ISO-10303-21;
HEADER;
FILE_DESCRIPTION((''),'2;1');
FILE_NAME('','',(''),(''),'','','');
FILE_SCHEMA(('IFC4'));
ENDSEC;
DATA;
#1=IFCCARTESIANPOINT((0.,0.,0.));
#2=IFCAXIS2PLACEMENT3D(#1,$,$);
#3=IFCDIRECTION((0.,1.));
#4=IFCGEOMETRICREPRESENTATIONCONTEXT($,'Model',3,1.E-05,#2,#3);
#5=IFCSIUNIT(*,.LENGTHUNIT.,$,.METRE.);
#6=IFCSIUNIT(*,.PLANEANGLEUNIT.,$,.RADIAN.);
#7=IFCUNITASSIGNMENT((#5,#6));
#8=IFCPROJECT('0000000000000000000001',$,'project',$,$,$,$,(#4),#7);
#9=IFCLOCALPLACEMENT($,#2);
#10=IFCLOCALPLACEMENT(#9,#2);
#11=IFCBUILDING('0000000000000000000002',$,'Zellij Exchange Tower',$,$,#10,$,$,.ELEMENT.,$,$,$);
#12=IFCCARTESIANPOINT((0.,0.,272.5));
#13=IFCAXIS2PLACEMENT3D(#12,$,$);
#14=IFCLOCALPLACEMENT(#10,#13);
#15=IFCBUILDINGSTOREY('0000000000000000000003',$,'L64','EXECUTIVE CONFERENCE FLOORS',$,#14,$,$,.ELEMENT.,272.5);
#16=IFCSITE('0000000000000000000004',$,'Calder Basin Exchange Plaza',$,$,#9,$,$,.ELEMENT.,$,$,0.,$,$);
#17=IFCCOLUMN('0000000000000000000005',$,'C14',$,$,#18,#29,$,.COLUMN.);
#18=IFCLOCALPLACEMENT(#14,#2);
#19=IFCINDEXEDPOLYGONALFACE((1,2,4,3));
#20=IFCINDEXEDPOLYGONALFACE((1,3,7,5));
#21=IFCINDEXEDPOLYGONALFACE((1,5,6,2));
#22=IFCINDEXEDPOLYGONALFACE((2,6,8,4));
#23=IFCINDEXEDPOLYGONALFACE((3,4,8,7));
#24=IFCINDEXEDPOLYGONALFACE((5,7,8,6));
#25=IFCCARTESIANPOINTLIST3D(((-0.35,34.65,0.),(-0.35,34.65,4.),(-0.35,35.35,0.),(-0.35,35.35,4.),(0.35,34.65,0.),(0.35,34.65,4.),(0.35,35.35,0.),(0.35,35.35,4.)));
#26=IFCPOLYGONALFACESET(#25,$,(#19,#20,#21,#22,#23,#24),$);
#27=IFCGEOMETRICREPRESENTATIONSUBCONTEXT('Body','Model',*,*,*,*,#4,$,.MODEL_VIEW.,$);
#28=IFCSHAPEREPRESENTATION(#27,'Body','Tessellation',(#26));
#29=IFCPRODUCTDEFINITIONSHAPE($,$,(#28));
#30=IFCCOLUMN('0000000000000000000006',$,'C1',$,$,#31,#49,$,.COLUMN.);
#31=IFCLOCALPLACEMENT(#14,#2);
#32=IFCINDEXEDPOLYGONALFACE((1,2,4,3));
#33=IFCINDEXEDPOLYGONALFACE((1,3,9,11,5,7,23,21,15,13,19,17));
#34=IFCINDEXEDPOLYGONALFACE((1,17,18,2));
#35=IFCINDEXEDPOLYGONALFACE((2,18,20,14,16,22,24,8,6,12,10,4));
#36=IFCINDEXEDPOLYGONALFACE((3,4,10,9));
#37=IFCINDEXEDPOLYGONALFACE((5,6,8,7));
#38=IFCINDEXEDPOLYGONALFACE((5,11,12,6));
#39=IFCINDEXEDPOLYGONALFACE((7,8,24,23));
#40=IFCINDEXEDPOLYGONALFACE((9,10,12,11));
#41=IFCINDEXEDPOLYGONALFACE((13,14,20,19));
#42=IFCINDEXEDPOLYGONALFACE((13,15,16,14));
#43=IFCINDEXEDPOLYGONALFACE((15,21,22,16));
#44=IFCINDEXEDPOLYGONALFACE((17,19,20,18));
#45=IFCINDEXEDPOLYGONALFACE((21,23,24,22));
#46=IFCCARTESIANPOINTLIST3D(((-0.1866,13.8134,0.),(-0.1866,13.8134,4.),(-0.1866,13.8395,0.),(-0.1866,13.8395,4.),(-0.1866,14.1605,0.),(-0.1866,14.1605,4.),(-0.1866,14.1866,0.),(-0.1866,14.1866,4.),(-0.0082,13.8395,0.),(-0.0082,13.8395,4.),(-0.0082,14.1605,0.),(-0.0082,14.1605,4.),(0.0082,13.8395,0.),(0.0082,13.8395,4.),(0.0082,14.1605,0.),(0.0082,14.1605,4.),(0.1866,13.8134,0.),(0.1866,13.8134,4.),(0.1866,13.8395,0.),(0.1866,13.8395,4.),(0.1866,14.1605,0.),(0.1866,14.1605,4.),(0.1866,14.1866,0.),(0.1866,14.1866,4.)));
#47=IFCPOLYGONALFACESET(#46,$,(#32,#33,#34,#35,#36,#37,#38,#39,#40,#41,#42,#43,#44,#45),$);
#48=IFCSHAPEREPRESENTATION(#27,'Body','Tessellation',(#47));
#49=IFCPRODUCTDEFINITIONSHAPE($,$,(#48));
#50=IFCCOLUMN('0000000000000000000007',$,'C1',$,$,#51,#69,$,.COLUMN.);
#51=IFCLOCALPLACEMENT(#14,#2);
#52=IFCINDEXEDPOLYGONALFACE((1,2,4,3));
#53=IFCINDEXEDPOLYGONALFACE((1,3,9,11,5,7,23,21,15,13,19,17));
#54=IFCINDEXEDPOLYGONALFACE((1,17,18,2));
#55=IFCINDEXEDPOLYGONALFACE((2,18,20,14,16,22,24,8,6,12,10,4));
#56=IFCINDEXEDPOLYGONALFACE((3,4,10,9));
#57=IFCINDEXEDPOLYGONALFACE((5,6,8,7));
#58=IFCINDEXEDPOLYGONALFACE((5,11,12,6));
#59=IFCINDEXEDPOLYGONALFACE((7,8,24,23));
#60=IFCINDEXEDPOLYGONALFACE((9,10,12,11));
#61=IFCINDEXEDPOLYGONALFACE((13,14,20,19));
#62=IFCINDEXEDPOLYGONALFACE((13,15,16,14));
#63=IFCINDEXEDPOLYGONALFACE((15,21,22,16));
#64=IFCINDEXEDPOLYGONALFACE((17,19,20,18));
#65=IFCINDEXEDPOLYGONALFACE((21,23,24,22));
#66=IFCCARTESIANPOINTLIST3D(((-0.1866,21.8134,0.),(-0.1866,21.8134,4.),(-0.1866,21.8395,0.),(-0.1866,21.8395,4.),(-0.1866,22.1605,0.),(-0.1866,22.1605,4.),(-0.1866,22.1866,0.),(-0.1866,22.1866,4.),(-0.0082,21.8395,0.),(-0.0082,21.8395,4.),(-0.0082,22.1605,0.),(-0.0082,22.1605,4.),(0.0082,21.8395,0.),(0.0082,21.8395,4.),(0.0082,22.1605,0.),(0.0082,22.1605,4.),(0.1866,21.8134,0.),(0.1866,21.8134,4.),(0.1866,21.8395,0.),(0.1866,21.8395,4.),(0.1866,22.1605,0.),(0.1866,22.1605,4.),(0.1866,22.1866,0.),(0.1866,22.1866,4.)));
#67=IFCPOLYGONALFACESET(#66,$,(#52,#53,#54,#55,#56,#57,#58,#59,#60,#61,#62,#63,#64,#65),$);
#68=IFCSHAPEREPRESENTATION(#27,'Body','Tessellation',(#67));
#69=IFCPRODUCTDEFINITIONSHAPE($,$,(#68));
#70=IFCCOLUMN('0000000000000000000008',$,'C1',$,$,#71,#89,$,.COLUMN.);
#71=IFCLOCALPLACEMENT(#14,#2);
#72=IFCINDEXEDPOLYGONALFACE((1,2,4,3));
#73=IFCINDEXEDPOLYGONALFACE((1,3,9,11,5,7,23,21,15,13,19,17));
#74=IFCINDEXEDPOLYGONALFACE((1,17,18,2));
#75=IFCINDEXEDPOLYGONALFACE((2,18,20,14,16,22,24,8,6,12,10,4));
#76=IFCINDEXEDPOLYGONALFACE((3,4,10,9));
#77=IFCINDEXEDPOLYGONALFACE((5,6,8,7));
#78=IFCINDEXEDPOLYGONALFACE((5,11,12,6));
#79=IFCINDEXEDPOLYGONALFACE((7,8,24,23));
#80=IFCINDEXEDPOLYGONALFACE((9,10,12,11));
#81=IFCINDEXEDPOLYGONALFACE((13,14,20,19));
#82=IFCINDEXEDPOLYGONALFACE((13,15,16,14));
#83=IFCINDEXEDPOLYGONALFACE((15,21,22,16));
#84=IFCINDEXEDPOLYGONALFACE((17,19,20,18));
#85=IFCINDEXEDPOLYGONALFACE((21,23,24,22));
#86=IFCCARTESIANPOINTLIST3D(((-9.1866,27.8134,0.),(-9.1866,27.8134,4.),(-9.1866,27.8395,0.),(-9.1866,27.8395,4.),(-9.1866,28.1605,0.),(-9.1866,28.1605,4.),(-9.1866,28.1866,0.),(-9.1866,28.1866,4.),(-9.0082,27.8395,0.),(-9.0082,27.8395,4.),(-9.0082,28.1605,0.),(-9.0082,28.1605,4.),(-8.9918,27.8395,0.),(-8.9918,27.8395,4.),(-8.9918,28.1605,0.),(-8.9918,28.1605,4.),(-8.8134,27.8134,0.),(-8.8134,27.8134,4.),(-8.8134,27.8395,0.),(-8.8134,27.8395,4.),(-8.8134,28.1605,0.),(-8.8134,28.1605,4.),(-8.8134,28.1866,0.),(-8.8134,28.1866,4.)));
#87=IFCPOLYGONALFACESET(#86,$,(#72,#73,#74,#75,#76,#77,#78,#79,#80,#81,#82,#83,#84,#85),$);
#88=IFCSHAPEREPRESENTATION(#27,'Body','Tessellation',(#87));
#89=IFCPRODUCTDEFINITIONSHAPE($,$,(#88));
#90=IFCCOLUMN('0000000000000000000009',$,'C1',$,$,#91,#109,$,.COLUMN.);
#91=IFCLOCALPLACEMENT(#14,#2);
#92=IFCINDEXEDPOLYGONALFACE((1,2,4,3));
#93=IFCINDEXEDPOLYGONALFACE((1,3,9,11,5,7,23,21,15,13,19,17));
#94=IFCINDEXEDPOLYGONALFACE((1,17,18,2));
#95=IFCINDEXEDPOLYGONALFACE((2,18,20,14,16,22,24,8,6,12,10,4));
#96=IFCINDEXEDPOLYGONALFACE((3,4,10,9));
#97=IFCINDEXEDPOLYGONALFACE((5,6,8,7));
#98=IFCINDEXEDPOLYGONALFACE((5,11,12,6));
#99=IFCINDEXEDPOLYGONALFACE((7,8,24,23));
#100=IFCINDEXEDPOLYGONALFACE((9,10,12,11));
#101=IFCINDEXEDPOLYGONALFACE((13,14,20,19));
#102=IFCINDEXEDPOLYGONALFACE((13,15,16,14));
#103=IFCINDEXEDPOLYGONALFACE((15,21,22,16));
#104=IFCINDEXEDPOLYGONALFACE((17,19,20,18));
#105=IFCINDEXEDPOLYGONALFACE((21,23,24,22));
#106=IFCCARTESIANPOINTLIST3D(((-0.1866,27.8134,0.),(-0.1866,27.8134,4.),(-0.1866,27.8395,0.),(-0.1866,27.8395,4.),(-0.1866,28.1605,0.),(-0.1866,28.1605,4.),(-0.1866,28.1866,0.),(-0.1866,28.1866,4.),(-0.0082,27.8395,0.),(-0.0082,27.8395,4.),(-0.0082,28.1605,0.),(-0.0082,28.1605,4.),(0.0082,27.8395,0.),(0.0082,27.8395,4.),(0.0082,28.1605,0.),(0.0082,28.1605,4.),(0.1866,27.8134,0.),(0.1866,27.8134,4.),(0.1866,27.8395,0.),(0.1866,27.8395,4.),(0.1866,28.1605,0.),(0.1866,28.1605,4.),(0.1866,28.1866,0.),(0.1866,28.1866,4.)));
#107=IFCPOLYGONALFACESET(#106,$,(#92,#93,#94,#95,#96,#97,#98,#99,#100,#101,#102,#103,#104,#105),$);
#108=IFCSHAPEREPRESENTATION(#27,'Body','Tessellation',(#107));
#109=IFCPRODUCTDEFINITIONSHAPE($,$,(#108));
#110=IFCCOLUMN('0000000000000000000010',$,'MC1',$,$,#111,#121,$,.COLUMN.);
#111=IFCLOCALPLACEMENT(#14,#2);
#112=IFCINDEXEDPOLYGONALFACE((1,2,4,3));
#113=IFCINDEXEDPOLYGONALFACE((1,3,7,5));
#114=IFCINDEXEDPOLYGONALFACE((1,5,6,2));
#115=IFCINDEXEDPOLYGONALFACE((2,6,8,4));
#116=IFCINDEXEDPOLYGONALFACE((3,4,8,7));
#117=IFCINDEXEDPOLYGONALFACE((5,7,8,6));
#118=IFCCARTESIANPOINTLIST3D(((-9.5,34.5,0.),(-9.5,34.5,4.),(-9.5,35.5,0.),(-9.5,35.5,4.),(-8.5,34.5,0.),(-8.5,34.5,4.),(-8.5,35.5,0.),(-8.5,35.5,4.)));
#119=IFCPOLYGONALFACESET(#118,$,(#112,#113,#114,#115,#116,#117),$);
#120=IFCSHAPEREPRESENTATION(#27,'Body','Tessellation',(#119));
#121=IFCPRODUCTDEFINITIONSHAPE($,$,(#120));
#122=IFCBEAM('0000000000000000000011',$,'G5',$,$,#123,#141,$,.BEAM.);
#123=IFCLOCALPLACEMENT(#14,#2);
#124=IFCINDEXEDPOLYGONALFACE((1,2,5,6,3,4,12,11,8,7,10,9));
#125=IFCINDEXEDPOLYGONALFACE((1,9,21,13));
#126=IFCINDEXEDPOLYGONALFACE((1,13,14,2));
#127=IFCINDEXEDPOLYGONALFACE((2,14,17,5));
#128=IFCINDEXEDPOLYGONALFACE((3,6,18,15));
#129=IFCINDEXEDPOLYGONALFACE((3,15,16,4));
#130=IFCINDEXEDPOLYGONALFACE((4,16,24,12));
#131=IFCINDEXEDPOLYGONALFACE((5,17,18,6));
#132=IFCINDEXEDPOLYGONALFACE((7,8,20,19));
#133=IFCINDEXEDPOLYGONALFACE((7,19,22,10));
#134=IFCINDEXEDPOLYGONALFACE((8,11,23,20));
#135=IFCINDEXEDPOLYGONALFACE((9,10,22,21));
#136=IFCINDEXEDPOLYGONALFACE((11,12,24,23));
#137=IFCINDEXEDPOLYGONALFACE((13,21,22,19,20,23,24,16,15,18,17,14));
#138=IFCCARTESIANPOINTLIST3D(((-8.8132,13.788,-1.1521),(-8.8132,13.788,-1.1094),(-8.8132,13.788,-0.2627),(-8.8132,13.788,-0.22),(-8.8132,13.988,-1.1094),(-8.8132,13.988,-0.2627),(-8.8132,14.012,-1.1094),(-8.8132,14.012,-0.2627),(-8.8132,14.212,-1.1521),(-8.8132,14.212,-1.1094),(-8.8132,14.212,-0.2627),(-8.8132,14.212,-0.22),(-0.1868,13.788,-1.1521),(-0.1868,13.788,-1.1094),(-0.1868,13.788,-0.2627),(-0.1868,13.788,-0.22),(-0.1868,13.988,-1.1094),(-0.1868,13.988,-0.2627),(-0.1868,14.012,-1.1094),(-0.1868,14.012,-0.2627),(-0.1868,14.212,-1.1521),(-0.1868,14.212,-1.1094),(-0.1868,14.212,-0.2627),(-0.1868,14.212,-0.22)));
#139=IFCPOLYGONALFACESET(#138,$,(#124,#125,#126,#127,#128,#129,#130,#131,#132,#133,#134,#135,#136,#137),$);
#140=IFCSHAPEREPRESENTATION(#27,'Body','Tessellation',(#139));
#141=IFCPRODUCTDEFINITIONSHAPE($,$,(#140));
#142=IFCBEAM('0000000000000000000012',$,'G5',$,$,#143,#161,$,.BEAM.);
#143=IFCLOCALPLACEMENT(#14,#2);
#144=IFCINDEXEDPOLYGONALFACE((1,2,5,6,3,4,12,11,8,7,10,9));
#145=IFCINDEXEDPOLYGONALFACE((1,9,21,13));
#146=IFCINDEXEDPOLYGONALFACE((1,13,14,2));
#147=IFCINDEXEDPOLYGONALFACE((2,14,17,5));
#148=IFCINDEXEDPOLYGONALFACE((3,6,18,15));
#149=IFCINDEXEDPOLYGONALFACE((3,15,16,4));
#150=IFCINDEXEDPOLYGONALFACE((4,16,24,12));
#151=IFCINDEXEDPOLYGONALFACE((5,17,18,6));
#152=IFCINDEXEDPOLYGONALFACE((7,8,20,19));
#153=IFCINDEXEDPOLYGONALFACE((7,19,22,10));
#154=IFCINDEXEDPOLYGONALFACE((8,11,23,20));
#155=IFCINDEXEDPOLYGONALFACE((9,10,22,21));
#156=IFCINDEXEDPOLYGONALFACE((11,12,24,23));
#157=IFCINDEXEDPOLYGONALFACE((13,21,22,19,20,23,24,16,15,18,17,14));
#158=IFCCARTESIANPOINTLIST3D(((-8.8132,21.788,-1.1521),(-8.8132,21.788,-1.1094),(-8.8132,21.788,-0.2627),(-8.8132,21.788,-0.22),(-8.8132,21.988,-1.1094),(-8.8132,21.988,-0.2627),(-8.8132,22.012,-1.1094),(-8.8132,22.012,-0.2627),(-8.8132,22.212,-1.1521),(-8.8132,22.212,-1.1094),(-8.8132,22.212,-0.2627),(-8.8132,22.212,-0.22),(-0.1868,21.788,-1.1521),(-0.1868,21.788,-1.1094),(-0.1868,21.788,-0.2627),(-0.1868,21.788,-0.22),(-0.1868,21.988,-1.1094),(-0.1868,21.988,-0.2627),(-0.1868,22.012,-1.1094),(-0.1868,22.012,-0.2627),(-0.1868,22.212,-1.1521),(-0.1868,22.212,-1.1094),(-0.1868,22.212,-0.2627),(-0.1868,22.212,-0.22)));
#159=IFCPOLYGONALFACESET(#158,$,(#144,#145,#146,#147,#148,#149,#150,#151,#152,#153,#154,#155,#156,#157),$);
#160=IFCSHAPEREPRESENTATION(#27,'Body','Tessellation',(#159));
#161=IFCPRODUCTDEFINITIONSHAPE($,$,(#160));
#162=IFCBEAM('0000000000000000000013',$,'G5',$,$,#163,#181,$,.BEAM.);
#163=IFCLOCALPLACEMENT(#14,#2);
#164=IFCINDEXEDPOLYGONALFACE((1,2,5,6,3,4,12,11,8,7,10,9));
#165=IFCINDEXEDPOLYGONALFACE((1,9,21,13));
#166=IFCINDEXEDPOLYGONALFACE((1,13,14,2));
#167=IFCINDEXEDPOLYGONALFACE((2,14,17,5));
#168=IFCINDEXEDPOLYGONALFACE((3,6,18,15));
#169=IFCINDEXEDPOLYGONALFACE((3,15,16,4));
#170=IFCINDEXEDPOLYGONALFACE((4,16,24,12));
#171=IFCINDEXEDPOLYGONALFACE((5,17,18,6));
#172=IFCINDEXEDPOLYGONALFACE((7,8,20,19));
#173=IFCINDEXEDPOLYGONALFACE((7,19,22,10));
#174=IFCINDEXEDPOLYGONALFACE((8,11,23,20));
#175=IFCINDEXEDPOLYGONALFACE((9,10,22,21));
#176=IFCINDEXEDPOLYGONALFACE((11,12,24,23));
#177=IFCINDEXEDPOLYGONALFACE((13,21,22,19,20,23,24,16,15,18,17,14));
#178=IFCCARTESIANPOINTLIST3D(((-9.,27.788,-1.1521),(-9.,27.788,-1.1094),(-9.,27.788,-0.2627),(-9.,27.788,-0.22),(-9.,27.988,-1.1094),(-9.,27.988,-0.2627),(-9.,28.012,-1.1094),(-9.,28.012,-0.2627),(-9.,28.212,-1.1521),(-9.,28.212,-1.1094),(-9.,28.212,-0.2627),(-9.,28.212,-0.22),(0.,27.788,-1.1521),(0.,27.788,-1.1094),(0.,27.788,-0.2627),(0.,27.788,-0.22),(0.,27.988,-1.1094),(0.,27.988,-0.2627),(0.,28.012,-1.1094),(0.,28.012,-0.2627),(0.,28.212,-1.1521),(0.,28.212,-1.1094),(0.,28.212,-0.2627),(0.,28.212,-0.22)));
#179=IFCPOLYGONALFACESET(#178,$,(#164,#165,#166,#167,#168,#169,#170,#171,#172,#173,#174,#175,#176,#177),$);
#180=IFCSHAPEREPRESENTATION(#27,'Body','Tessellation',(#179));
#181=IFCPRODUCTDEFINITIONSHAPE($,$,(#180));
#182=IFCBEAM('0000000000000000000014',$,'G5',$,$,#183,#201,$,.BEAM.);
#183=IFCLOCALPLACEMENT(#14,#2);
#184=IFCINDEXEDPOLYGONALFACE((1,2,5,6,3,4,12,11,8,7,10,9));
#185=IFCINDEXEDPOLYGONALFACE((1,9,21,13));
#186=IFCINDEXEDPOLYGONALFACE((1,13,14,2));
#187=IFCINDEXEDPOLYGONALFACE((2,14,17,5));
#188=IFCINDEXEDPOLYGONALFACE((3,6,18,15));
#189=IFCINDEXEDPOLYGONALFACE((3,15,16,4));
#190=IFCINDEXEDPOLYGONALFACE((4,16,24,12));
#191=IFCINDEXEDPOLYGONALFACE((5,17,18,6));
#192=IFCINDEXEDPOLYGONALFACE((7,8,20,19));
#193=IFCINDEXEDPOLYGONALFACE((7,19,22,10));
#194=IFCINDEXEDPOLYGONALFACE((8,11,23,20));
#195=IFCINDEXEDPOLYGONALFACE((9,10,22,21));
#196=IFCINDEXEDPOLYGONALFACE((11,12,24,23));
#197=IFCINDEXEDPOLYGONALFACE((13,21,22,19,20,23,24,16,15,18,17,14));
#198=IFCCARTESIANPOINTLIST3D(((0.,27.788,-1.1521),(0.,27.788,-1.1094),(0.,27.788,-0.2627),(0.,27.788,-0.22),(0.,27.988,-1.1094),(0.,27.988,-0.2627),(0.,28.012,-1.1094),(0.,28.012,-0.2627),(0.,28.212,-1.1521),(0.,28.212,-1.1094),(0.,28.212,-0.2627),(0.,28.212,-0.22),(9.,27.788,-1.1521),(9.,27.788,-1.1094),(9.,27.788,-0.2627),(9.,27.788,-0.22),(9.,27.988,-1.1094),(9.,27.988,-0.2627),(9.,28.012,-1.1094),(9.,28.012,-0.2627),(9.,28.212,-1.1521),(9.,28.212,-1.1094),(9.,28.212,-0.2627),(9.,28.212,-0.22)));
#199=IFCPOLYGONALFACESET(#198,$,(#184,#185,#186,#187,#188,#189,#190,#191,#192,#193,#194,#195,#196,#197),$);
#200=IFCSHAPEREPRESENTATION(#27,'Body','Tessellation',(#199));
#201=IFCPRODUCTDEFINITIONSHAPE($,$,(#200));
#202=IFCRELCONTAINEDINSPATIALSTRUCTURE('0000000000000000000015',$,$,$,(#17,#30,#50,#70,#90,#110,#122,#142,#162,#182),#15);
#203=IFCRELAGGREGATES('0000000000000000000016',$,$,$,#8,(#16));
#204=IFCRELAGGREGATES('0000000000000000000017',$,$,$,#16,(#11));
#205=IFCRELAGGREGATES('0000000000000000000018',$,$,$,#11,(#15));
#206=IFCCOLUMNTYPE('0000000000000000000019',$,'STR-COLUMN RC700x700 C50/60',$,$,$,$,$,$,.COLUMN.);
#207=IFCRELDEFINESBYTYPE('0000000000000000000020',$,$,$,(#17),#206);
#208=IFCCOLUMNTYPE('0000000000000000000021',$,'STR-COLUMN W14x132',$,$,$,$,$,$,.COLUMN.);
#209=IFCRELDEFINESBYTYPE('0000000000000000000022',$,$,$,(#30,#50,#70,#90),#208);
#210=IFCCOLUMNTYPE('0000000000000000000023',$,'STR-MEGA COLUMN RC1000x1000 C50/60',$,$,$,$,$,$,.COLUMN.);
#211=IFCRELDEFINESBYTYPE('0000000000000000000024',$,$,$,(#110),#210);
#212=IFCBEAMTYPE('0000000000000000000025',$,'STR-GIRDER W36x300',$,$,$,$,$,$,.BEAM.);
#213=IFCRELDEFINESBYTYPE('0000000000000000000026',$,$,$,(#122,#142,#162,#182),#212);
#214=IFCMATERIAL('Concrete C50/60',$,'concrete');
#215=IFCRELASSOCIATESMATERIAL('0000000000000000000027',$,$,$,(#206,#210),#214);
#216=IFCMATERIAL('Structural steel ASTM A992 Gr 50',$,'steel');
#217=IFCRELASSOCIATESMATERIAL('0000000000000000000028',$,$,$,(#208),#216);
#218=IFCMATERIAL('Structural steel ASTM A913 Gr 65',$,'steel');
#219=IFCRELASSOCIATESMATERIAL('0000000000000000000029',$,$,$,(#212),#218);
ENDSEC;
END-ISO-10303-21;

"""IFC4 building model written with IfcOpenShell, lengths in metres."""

from ifc_helpers import new_model, si_unit, direction, frame, origin, origin_2d, place, context, subcontext, project, spatial, rectangle, i_section, extrude, material, material_profile, profile_set, type_object, element, save


model = new_model("IFC4")

# Units and contexts
model_context = context("Model", 3, precision=1e-05, world=origin(), true_north=direction((0.0, 1.0)))
body_context = subcontext(model_context, "Body", "Model", "MODEL_VIEW")
ifc_project = project(units=[si_unit("LENGTHUNIT", "METRE"), si_unit("PLANEANGLEUNIT", "RADIAN")], contexts=[model_context])

# Site, building, storey
site_placement = place(None, origin())
site = spatial("IfcSite", under=ifc_project, at=site_placement, Name="Calder Basin Exchange Plaza", CompositionType="ELEMENT", RefElevation=0.0)
building_placement = place(site_placement, origin())
building = spatial("IfcBuilding", under=site, at=building_placement, Name="Zellij Exchange Tower", CompositionType="ELEMENT")
storey_placement = place(building_placement, frame((0.0, 0.0, 272.5)))
storey = spatial("IfcBuildingStorey", under=building, at=storey_placement, Name="L64", Description="EXECUTIVE CONFERENCE FLOORS", CompositionType="ELEMENT", Elevation=272.5)

# Columns
ifc_material_1 = material(Name="Concrete C50/60", Category="concrete")
ifc_material_profile_1 = material_profile(ifc_material_1, rectangle(XDim=0.7, YDim=0.7, at=origin_2d()), Name="STR-COLUMN RC700x700 C50/60")
ifc_profile_set_1 = profile_set([ifc_material_profile_1], Name="Concrete C50/60")
column_type_1 = type_object("IfcColumnType", Name="STR-COLUMN RC700x700 C50/60", PredefinedType="COLUMN", material=ifc_profile_set_1)
column_1_placement = place(storey_placement, frame((0.0, 35.0, 0.0), z_axis=(0.0, 0.0, 1.0), x_axis=(1.0, 0.0, 0.0)))
element("IfcColumn", 1, at=column_1_placement, inside=storey, type_object=column_type_1, Name="C14", PredefinedType="COLUMN", context=body_context, shape_type="SweptSolid", body=[
    extrude(rectangle(XDim=0.7, YDim=0.7, at=origin_2d()), origin(), (0.0, 0.0, 1.0), 4.0),
])
ifc_material_2 = material(Name="Structural steel ASTM A992 Gr 50", Category="steel")
ifc_material_profile_2 = material_profile(ifc_material_2, i_section(OverallWidth=0.3733, OverallDepth=0.3733, WebThickness=0.0164, FlangeThickness=0.0261, at=origin_2d()), Name="W14x132")
ifc_profile_set_2 = profile_set([ifc_material_profile_2], Name="Structural steel ASTM A992 Gr 50")
column_type_2 = type_object("IfcColumnType", Name="STR-COLUMN W14x132", PredefinedType="COLUMN", material=ifc_profile_set_2)
for number, where, z_axis, x_axis, name in (
    (2, (0.0, 14.0, 0.0), (0.0, 0.0, 1.0), (1.0, 0.0, 0.0), "C1"),
    (3, (0.0, 22.0, 0.0), (0.0, 0.0, 1.0), (1.0, 0.0, 0.0), "C1"),
    (4, (-9.0, 28.0, 0.0), (0.0, 0.0, 1.0), (1.0, 0.0, 0.0), "C1"),
    (5, (0.0, 28.0, 0.0), (0.0, 0.0, 1.0), (1.0, 0.0, 0.0), "C1"),
):
    element("IfcColumn", number, at=place(storey_placement, frame(where, z_axis=z_axis, x_axis=x_axis)), inside=storey, type_object=column_type_2, Name=name, PredefinedType="COLUMN", context=body_context, shape_type="SweptSolid", body=[
        extrude(i_section(OverallWidth=0.3733, OverallDepth=0.3733, WebThickness=0.0164, FlangeThickness=0.0261, at=origin_2d()), origin(), (0.0, 0.0, 1.0), 4.0),
    ])
ifc_material_profile_3 = material_profile(ifc_material_1, rectangle(XDim=1.0, YDim=1.0, at=origin_2d()), Name="STR-MEGA COLUMN RC1000x1000 C50/60")
ifc_profile_set_3 = profile_set([ifc_material_profile_3], Name="Concrete C50/60")
column_type_3 = type_object("IfcColumnType", Name="STR-MEGA COLUMN RC1000x1000 C50/60", PredefinedType="COLUMN", material=ifc_profile_set_3)
column_2_placement = place(storey_placement, frame((-9.0, 35.0, 0.0), z_axis=(0.0, 0.0, 1.0), x_axis=(1.0, 0.0, 0.0)))
element("IfcColumn", 6, at=column_2_placement, inside=storey, type_object=column_type_3, Name="MC1", PredefinedType="COLUMN", context=body_context, shape_type="SweptSolid", body=[
    extrude(rectangle(XDim=1.0, YDim=1.0, at=origin_2d()), origin(), (0.0, 0.0, 1.0), 4.0),
])

# Beams
ifc_material_3 = material(Name="Structural steel ASTM A913 Gr 65", Category="steel")
ifc_material_profile_4 = material_profile(ifc_material_3, i_section(OverallWidth=0.4241, OverallDepth=0.9321, WebThickness=0.0239, FlangeThickness=0.0427, at=origin_2d()), Name="W36x300")
ifc_profile_set_4 = profile_set([ifc_material_profile_4], Name="Structural steel ASTM A913 Gr 65")
beam_type = type_object("IfcBeamType", Name="STR-GIRDER W36x300", PredefinedType="BEAM", material=ifc_profile_set_4)
for number, where, z_axis, x_axis, name in (
    (7, (-8.8132, 14.0, -0.686), (1.0, 0.0, 0.0), (0.0, 1.0, 0.0), "G5"),
    (8, (-8.8132, 22.0, -0.686), (1.0, 0.0, 0.0), (0.0, 1.0, 0.0), "G5"),
):
    element("IfcBeam", number, at=place(storey_placement, frame(where, z_axis=z_axis, x_axis=x_axis)), inside=storey, type_object=beam_type, Name=name, PredefinedType="BEAM", context=body_context, shape_type="SweptSolid", body=[
        extrude(i_section(OverallWidth=0.4241, OverallDepth=0.9321, WebThickness=0.0239, FlangeThickness=0.0427, at=origin_2d()), origin(), (0.0, 0.0, 1.0), 8.6265),
    ])
for number, where, z_axis, x_axis, name in (
    (9, (-9.0, 28.0, -0.686), (1.0, 0.0, 0.0), (0.0, 1.0, 0.0), "G5"),
    (10, (0.0, 28.0, -0.686), (1.0, 0.0, 0.0), (0.0, 1.0, 0.0), "G5"),
):
    element("IfcBeam", number, at=place(storey_placement, frame(where, z_axis=z_axis, x_axis=x_axis)), inside=storey, type_object=beam_type, Name=name, PredefinedType="BEAM", context=body_context, shape_type="SweptSolid", body=[
        extrude(i_section(OverallWidth=0.4241, OverallDepth=0.9321, WebThickness=0.0239, FlangeThickness=0.0427, at=origin_2d()), origin(), (0.0, 0.0, 1.0), 9.0),
    ])

save(model, "model.ifc")
